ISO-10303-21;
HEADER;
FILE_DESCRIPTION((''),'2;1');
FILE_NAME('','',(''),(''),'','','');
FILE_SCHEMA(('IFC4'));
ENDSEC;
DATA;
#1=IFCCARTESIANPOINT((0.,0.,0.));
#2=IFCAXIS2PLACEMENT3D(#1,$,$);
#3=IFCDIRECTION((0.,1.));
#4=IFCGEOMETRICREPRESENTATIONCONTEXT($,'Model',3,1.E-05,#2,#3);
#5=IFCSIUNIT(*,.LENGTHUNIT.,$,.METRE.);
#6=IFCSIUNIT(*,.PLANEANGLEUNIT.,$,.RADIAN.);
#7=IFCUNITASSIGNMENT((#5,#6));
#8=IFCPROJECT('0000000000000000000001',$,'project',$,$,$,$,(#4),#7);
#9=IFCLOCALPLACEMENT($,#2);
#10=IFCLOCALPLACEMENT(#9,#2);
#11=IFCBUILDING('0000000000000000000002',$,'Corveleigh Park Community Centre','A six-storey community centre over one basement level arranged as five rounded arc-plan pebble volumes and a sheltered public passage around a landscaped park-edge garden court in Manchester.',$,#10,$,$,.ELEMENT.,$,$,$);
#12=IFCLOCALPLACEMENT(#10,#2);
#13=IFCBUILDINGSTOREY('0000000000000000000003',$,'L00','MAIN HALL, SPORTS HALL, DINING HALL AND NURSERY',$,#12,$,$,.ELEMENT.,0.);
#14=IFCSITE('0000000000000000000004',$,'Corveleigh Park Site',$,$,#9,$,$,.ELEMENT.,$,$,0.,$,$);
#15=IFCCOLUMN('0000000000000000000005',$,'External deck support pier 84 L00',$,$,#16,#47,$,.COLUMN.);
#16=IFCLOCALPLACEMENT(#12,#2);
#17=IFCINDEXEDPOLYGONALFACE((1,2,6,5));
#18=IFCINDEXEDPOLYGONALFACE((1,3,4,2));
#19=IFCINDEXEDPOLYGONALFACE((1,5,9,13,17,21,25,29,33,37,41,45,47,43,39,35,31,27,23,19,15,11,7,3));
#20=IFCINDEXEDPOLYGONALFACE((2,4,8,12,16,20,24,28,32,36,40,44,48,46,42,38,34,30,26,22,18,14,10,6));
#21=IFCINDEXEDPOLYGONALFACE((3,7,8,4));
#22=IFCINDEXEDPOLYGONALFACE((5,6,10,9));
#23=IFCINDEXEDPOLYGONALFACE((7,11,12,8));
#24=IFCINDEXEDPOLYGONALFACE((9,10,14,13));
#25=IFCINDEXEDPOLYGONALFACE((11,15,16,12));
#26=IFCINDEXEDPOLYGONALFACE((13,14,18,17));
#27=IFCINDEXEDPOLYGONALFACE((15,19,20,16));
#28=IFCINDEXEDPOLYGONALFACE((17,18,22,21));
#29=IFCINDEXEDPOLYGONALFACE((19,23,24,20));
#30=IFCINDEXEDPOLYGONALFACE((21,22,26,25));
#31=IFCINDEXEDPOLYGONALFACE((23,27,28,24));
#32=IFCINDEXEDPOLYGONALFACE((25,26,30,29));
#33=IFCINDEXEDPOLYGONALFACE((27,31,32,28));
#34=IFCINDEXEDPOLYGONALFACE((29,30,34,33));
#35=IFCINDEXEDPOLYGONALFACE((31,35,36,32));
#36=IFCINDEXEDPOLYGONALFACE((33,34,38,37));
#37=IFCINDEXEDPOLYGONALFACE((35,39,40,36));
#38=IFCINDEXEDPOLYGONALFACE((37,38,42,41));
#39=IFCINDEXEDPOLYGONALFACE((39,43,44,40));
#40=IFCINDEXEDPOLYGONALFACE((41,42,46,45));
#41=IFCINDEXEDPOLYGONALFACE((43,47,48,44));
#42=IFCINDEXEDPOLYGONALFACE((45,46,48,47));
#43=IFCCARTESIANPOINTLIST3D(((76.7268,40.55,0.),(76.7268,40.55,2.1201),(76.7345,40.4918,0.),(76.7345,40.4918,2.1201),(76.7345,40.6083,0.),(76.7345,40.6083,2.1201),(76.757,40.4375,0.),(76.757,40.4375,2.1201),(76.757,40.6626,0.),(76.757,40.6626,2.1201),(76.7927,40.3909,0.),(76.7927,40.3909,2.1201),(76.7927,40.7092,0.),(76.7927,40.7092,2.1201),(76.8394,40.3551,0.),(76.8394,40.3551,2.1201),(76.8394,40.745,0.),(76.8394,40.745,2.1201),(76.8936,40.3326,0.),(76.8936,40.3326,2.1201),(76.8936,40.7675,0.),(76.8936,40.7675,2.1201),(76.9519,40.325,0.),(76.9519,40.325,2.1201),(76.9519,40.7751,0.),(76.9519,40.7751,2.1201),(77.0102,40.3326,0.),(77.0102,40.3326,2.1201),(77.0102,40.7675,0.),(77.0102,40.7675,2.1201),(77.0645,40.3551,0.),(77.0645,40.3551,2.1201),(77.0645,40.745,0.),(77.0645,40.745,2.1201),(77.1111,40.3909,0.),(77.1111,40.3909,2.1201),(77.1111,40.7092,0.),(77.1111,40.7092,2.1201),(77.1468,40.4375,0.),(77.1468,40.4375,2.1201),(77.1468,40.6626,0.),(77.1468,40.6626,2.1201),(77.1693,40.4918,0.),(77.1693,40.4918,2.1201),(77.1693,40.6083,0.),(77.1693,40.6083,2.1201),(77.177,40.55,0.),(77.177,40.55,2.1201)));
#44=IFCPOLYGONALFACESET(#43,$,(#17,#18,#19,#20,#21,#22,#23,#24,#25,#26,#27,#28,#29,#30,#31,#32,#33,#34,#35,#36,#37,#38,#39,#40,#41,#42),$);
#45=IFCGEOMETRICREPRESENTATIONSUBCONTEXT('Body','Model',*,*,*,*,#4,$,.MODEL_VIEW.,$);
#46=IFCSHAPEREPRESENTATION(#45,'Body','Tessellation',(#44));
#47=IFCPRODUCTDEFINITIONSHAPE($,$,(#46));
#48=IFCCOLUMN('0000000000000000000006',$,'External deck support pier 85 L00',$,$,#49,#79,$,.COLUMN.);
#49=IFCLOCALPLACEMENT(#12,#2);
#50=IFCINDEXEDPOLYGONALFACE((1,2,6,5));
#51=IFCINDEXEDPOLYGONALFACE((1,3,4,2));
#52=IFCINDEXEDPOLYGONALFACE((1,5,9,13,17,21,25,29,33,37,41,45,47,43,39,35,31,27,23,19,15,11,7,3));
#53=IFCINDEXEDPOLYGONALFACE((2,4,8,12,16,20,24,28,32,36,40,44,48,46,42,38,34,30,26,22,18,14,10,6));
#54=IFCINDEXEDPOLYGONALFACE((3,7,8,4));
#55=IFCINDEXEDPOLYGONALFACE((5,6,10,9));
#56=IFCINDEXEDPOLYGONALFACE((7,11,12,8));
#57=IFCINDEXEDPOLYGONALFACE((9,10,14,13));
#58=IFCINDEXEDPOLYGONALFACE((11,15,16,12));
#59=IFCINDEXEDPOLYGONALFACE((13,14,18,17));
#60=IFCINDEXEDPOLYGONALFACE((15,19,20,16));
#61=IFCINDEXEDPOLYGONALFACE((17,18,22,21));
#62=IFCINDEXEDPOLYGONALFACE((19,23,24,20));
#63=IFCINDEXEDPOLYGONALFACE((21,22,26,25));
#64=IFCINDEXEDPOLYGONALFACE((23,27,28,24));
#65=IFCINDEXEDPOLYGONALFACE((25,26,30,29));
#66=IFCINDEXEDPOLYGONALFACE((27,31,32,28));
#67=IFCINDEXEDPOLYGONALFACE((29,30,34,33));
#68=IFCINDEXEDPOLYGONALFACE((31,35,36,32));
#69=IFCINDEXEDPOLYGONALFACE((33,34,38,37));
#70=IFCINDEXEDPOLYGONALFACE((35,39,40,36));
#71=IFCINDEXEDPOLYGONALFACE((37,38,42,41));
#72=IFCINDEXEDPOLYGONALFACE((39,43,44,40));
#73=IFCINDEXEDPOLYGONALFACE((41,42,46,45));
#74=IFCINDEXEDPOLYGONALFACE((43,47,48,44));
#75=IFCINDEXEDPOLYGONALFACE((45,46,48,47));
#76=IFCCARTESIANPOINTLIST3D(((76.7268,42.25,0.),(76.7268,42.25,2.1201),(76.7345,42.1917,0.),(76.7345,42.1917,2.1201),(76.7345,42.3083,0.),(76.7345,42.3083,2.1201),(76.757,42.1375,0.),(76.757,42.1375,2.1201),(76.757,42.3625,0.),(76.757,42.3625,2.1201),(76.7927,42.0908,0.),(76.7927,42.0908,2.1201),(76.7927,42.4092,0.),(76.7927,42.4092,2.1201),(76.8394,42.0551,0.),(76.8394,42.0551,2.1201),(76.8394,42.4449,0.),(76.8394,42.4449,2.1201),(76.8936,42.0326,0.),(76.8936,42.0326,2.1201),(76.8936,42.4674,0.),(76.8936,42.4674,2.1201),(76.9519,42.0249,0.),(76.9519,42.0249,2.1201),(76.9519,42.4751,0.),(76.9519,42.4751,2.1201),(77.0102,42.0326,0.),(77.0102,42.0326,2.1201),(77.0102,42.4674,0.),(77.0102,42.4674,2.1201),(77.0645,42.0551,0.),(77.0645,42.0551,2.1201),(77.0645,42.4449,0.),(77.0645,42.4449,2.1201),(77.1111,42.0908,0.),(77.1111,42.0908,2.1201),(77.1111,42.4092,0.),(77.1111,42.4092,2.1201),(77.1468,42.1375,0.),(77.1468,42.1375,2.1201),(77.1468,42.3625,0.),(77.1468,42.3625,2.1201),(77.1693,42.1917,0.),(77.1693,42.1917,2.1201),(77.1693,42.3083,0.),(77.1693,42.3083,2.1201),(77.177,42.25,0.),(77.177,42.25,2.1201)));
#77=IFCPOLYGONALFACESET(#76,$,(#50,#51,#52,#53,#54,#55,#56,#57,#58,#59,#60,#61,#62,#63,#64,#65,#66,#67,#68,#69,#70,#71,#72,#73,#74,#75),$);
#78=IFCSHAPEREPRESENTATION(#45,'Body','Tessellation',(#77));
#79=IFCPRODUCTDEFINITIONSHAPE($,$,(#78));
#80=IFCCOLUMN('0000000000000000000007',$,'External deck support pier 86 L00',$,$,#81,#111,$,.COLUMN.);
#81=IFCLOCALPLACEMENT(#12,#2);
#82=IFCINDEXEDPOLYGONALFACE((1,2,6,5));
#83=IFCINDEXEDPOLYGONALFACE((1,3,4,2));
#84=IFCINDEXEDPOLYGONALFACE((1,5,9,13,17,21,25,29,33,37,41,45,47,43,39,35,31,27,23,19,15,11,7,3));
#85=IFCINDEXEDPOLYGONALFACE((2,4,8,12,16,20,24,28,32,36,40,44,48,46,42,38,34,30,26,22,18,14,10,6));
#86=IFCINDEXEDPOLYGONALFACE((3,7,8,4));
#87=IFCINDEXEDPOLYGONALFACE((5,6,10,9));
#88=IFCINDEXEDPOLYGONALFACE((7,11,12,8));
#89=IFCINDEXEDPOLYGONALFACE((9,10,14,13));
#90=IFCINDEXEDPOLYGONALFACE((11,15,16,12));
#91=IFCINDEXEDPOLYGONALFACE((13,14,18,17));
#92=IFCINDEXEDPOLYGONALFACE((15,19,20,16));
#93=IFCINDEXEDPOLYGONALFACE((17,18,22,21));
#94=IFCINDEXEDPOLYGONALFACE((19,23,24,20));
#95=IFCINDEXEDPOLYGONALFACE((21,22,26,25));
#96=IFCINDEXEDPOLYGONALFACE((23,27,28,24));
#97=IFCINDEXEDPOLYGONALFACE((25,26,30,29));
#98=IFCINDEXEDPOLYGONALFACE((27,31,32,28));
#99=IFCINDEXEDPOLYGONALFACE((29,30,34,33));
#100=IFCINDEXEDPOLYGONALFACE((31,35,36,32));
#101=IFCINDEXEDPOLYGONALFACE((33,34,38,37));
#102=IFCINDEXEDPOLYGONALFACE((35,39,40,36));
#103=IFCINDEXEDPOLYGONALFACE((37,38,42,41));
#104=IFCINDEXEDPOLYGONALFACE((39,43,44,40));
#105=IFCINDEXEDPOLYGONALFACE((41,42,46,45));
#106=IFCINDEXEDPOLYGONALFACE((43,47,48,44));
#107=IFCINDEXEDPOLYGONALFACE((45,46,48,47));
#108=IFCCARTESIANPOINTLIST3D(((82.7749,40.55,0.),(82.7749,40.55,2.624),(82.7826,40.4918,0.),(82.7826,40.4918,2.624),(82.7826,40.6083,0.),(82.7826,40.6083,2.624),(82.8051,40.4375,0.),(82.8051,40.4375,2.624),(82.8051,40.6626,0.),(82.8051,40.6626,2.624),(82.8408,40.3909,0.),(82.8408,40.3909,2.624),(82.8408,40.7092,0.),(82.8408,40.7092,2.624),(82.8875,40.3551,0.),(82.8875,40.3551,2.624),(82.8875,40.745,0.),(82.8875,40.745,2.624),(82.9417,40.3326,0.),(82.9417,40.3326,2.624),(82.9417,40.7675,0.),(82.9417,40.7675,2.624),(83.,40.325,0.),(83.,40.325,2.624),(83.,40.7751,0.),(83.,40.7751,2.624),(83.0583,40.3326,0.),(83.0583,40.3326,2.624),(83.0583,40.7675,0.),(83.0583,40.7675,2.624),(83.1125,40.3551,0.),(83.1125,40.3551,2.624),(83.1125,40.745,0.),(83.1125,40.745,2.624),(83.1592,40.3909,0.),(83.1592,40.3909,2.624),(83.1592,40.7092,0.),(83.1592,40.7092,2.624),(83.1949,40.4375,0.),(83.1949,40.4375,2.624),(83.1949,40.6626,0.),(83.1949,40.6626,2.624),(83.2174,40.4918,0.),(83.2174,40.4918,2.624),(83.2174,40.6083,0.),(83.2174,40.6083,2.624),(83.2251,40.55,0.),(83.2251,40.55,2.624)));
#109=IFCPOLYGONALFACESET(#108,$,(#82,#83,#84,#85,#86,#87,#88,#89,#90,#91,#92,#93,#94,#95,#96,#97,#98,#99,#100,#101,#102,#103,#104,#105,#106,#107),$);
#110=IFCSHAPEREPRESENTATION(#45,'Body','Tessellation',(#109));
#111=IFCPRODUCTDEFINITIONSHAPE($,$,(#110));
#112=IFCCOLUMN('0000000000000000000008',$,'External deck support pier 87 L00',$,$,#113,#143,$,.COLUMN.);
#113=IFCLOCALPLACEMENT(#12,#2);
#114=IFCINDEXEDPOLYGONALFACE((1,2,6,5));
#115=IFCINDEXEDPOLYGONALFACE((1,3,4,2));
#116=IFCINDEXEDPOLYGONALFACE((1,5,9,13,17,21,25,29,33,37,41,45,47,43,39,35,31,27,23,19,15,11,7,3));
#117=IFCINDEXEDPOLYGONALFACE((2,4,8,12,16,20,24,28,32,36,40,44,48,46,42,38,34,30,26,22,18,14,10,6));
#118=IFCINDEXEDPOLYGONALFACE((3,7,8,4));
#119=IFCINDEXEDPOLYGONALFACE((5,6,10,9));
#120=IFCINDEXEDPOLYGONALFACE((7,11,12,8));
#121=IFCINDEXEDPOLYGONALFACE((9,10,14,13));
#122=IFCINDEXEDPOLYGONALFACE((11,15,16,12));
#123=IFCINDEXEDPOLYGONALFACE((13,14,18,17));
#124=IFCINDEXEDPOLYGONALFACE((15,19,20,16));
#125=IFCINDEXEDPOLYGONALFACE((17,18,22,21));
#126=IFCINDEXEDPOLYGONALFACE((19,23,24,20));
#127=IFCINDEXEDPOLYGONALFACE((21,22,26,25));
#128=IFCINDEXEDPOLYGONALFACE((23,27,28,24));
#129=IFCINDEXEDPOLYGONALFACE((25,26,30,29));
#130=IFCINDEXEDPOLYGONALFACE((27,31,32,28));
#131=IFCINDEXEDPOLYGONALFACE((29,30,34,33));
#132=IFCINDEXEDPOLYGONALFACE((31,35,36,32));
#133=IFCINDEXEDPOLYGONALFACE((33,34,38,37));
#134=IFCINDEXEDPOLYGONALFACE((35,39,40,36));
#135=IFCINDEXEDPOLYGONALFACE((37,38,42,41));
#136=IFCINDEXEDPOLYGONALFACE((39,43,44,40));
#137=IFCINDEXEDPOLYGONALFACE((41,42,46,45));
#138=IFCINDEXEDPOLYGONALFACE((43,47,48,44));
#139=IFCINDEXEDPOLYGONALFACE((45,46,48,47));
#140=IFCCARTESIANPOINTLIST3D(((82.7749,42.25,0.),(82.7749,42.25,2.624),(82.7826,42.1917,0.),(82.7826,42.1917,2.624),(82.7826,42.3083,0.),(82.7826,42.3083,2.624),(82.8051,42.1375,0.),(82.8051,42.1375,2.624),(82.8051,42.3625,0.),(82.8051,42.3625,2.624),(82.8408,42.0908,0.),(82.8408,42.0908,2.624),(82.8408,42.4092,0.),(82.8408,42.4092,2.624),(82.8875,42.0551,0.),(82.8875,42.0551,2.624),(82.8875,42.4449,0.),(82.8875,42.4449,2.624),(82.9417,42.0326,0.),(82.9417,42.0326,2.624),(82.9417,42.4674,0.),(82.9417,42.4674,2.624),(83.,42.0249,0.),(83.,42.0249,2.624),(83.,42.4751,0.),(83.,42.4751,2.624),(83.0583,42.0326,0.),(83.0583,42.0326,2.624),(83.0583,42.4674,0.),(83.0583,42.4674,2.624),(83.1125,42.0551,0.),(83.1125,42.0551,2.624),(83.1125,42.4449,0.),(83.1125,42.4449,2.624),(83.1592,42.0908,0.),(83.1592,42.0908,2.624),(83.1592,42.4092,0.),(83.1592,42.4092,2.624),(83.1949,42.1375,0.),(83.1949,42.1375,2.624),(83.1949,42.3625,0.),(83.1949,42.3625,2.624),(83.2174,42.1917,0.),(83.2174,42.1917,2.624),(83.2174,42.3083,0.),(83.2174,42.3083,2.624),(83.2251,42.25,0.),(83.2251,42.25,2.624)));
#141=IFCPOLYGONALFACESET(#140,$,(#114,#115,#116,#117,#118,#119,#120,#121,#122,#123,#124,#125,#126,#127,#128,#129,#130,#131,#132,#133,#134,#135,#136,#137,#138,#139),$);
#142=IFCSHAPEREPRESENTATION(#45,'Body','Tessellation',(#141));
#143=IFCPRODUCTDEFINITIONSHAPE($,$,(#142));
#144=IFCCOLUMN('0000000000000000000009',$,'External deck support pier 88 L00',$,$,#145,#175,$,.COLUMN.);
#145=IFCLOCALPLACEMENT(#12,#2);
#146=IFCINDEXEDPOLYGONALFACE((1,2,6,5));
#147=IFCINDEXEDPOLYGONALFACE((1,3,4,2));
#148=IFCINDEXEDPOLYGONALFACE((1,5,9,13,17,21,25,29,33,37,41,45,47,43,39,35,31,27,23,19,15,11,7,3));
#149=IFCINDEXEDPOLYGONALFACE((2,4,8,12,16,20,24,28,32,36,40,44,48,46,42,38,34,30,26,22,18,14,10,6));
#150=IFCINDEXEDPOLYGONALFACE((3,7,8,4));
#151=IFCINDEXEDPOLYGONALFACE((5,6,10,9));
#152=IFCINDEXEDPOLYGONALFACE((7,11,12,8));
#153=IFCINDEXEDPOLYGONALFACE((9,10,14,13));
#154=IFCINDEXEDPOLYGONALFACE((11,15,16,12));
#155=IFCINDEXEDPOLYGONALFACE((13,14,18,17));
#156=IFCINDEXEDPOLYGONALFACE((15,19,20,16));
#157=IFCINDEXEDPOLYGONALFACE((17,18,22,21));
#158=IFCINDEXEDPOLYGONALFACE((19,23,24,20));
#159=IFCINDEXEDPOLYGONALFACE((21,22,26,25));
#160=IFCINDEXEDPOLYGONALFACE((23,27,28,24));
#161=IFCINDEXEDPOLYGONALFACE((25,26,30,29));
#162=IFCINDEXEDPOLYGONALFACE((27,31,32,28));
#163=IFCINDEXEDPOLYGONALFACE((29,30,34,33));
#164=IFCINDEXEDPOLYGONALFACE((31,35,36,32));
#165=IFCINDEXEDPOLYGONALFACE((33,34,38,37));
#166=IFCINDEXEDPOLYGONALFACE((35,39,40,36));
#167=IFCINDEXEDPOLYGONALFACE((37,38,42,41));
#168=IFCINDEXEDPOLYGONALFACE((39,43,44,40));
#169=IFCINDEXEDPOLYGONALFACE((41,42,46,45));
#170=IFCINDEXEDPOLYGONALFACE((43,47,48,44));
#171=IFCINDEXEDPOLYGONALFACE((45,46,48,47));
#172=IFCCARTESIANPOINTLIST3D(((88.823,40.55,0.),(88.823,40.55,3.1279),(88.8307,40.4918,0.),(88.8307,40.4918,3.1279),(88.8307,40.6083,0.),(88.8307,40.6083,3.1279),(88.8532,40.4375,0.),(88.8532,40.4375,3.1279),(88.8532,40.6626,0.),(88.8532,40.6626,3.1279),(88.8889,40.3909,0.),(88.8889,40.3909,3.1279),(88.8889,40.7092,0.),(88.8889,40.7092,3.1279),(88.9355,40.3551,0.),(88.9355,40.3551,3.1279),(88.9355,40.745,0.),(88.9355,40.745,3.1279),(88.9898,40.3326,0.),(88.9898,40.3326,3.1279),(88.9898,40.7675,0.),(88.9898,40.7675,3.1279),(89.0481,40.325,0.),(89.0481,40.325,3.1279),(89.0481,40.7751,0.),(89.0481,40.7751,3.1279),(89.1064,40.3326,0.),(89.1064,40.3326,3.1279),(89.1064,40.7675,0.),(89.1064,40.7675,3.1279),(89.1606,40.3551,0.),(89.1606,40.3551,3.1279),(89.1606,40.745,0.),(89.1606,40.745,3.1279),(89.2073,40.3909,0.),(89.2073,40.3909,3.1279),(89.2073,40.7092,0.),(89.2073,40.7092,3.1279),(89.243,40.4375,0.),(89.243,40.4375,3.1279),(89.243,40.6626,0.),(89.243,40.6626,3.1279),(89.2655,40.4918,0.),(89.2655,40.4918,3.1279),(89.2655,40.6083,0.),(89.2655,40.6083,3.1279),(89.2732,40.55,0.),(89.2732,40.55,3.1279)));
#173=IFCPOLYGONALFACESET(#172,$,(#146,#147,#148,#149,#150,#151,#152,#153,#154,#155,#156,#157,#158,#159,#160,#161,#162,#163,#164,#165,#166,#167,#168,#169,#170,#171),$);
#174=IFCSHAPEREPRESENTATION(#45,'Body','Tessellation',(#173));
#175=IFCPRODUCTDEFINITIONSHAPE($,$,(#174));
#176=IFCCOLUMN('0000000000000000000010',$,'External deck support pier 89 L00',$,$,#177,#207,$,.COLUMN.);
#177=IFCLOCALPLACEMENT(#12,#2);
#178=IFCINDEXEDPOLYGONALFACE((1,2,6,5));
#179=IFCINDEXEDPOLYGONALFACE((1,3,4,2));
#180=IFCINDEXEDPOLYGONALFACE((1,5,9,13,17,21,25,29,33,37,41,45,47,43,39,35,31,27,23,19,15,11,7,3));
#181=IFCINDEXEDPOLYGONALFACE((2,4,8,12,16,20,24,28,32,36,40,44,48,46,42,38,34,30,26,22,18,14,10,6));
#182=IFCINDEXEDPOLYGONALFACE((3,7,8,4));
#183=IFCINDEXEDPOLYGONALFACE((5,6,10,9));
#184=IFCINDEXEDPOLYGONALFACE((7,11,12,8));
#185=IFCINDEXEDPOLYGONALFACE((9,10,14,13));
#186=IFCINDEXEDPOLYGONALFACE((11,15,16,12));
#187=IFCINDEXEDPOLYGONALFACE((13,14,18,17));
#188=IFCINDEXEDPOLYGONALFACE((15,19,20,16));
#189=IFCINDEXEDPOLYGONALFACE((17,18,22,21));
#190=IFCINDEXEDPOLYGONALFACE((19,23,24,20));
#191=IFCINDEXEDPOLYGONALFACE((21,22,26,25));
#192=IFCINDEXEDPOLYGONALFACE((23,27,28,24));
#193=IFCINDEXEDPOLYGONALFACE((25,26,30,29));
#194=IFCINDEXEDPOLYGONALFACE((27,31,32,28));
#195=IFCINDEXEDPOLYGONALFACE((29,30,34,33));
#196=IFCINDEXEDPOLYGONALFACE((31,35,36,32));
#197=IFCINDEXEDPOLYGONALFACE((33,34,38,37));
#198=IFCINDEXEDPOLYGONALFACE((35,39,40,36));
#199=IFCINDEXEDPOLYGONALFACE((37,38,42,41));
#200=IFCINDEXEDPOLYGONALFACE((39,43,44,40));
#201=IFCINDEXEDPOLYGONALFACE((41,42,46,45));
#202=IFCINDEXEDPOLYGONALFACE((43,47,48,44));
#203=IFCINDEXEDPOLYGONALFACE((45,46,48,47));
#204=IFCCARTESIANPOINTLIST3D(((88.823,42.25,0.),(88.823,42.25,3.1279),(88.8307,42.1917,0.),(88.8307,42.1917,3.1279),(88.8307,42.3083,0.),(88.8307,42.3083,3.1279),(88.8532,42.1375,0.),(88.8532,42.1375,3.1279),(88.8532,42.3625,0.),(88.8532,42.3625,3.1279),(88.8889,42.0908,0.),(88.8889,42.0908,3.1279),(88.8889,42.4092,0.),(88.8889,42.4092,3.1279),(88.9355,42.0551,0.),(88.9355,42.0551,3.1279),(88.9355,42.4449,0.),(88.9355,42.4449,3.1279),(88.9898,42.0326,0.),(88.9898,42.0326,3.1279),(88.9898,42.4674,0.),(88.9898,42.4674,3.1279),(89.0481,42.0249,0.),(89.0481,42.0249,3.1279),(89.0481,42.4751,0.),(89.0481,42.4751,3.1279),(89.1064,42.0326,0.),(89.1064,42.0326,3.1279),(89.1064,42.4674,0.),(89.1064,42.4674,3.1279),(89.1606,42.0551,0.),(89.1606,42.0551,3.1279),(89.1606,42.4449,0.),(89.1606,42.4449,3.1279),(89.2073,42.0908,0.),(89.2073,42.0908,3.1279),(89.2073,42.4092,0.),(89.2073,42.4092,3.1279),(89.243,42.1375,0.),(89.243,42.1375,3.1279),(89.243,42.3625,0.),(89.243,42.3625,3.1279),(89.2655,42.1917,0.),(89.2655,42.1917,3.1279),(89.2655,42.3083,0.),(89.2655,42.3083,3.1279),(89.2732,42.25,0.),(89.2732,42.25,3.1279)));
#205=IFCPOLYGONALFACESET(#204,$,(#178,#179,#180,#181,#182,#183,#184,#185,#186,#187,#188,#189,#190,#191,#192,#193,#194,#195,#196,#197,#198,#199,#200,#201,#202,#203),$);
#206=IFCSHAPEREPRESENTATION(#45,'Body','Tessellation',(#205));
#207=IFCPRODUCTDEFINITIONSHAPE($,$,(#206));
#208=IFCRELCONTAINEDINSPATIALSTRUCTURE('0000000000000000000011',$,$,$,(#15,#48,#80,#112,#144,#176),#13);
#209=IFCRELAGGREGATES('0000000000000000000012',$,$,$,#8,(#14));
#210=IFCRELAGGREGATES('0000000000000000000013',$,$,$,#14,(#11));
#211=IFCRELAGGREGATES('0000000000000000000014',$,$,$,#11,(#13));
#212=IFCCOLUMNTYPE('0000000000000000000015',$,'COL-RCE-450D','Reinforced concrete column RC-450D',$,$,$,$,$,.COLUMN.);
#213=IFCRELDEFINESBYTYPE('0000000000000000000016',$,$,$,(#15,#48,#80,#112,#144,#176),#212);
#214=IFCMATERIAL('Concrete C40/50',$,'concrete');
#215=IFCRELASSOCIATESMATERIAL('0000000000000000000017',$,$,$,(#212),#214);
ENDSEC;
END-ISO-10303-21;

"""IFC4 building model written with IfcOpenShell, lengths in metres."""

from ifc_helpers import new_model, si_unit, direction, frame, origin, origin_2d, place, context, subcontext, project, spatial, circle, extrude, material, material_profile, profile_set, type_object, element, save


model = new_model("IFC4")

# Units and contexts
model_context = context("Model", 3, precision=1e-05, world=origin(), true_north=direction((0.0, 1.0)))
body_context = subcontext(model_context, "Body", "Model", "MODEL_VIEW")
ifc_project = project(units=[si_unit("LENGTHUNIT", "METRE"), si_unit("PLANEANGLEUNIT", "RADIAN")], contexts=[model_context])

# Site, building, storey
site_placement = place(None, origin())
site = spatial("IfcSite", under=ifc_project, at=site_placement, Name="Corveleigh Park Site", CompositionType="ELEMENT", RefElevation=0.0)
building_placement = place(site_placement, origin())
building = spatial("IfcBuilding", under=site, at=building_placement, Name="Corveleigh Park Community Centre", Description="A six-storey community centre over one basement level arranged as five rounded arc-plan pebble volumes and a sheltered public passage around a landscaped park-edge garden court in Manchester.", CompositionType="ELEMENT")
storey_placement = place(building_placement, origin())
storey = spatial("IfcBuildingStorey", under=building, at=storey_placement, Name="L00", Description="MAIN HALL, SPORTS HALL, DINING HALL AND NURSERY", CompositionType="ELEMENT", Elevation=0.0)

# Columns
ifc_material_1 = material(Name="Concrete C40/50", Category="concrete")
ifc_material_profile_1 = material_profile(ifc_material_1, circle(Radius=0.2251, at=origin_2d()), Name="RC-450D", Category="concrete")
ifc_profile_set_1 = profile_set([ifc_material_profile_1], Name="Concrete C40/50")
column_type = type_object("IfcColumnType", Name="COL-RCE-450D", Description="Reinforced concrete column RC-450D", PredefinedType="COLUMN", material=ifc_profile_set_1)
for number, where, z_axis, x_axis, name in (
    (1, (76.9519, 40.55, 0.0), (0.0, 0.0, 1.0), (1.0, 0.0, 0.0), "External deck support pier 84 L00"),
    (2, (76.9519, 42.25, 0.0), (0.0, 0.0, 1.0), (1.0, 0.0, 0.0), "External deck support pier 85 L00"),
):
    element("IfcColumn", number, at=place(storey_placement, frame(where, z_axis=z_axis, x_axis=x_axis)), inside=storey, type_object=column_type, Name=name, PredefinedType="COLUMN", context=body_context, shape_type="SweptSolid", body=[
        extrude(circle(Radius=0.2251, at=origin_2d()), origin(), (0.0, 0.0, 1.0), 2.1201),
    ])
for number, where, z_axis, x_axis, name in (
    (3, (83.0, 40.55, 0.0), (0.0, 0.0, 1.0), (1.0, 0.0, 0.0), "External deck support pier 86 L00"),
    (4, (83.0, 42.25, 0.0), (0.0, 0.0, 1.0), (1.0, 0.0, 0.0), "External deck support pier 87 L00"),
):
    element("IfcColumn", number, at=place(storey_placement, frame(where, z_axis=z_axis, x_axis=x_axis)), inside=storey, type_object=column_type, Name=name, PredefinedType="COLUMN", context=body_context, shape_type="SweptSolid", body=[
        extrude(circle(Radius=0.2251, at=origin_2d()), origin(), (0.0, 0.0, 1.0), 2.624),
    ])
for number, where, z_axis, x_axis, name in (
    (5, (89.0481, 40.55, 0.0), (0.0, 0.0, 1.0), (1.0, 0.0, 0.0), "External deck support pier 88 L00"),
    (6, (89.0481, 42.25, 0.0), (0.0, 0.0, 1.0), (1.0, 0.0, 0.0), "External deck support pier 89 L00"),
):
    element("IfcColumn", number, at=place(storey_placement, frame(where, z_axis=z_axis, x_axis=x_axis)), inside=storey, type_object=column_type, Name=name, PredefinedType="COLUMN", context=body_context, shape_type="SweptSolid", body=[
        extrude(circle(Radius=0.2251, at=origin_2d()), origin(), (0.0, 0.0, 1.0), 3.1279),
    ])

save(model, "model.ifc")
